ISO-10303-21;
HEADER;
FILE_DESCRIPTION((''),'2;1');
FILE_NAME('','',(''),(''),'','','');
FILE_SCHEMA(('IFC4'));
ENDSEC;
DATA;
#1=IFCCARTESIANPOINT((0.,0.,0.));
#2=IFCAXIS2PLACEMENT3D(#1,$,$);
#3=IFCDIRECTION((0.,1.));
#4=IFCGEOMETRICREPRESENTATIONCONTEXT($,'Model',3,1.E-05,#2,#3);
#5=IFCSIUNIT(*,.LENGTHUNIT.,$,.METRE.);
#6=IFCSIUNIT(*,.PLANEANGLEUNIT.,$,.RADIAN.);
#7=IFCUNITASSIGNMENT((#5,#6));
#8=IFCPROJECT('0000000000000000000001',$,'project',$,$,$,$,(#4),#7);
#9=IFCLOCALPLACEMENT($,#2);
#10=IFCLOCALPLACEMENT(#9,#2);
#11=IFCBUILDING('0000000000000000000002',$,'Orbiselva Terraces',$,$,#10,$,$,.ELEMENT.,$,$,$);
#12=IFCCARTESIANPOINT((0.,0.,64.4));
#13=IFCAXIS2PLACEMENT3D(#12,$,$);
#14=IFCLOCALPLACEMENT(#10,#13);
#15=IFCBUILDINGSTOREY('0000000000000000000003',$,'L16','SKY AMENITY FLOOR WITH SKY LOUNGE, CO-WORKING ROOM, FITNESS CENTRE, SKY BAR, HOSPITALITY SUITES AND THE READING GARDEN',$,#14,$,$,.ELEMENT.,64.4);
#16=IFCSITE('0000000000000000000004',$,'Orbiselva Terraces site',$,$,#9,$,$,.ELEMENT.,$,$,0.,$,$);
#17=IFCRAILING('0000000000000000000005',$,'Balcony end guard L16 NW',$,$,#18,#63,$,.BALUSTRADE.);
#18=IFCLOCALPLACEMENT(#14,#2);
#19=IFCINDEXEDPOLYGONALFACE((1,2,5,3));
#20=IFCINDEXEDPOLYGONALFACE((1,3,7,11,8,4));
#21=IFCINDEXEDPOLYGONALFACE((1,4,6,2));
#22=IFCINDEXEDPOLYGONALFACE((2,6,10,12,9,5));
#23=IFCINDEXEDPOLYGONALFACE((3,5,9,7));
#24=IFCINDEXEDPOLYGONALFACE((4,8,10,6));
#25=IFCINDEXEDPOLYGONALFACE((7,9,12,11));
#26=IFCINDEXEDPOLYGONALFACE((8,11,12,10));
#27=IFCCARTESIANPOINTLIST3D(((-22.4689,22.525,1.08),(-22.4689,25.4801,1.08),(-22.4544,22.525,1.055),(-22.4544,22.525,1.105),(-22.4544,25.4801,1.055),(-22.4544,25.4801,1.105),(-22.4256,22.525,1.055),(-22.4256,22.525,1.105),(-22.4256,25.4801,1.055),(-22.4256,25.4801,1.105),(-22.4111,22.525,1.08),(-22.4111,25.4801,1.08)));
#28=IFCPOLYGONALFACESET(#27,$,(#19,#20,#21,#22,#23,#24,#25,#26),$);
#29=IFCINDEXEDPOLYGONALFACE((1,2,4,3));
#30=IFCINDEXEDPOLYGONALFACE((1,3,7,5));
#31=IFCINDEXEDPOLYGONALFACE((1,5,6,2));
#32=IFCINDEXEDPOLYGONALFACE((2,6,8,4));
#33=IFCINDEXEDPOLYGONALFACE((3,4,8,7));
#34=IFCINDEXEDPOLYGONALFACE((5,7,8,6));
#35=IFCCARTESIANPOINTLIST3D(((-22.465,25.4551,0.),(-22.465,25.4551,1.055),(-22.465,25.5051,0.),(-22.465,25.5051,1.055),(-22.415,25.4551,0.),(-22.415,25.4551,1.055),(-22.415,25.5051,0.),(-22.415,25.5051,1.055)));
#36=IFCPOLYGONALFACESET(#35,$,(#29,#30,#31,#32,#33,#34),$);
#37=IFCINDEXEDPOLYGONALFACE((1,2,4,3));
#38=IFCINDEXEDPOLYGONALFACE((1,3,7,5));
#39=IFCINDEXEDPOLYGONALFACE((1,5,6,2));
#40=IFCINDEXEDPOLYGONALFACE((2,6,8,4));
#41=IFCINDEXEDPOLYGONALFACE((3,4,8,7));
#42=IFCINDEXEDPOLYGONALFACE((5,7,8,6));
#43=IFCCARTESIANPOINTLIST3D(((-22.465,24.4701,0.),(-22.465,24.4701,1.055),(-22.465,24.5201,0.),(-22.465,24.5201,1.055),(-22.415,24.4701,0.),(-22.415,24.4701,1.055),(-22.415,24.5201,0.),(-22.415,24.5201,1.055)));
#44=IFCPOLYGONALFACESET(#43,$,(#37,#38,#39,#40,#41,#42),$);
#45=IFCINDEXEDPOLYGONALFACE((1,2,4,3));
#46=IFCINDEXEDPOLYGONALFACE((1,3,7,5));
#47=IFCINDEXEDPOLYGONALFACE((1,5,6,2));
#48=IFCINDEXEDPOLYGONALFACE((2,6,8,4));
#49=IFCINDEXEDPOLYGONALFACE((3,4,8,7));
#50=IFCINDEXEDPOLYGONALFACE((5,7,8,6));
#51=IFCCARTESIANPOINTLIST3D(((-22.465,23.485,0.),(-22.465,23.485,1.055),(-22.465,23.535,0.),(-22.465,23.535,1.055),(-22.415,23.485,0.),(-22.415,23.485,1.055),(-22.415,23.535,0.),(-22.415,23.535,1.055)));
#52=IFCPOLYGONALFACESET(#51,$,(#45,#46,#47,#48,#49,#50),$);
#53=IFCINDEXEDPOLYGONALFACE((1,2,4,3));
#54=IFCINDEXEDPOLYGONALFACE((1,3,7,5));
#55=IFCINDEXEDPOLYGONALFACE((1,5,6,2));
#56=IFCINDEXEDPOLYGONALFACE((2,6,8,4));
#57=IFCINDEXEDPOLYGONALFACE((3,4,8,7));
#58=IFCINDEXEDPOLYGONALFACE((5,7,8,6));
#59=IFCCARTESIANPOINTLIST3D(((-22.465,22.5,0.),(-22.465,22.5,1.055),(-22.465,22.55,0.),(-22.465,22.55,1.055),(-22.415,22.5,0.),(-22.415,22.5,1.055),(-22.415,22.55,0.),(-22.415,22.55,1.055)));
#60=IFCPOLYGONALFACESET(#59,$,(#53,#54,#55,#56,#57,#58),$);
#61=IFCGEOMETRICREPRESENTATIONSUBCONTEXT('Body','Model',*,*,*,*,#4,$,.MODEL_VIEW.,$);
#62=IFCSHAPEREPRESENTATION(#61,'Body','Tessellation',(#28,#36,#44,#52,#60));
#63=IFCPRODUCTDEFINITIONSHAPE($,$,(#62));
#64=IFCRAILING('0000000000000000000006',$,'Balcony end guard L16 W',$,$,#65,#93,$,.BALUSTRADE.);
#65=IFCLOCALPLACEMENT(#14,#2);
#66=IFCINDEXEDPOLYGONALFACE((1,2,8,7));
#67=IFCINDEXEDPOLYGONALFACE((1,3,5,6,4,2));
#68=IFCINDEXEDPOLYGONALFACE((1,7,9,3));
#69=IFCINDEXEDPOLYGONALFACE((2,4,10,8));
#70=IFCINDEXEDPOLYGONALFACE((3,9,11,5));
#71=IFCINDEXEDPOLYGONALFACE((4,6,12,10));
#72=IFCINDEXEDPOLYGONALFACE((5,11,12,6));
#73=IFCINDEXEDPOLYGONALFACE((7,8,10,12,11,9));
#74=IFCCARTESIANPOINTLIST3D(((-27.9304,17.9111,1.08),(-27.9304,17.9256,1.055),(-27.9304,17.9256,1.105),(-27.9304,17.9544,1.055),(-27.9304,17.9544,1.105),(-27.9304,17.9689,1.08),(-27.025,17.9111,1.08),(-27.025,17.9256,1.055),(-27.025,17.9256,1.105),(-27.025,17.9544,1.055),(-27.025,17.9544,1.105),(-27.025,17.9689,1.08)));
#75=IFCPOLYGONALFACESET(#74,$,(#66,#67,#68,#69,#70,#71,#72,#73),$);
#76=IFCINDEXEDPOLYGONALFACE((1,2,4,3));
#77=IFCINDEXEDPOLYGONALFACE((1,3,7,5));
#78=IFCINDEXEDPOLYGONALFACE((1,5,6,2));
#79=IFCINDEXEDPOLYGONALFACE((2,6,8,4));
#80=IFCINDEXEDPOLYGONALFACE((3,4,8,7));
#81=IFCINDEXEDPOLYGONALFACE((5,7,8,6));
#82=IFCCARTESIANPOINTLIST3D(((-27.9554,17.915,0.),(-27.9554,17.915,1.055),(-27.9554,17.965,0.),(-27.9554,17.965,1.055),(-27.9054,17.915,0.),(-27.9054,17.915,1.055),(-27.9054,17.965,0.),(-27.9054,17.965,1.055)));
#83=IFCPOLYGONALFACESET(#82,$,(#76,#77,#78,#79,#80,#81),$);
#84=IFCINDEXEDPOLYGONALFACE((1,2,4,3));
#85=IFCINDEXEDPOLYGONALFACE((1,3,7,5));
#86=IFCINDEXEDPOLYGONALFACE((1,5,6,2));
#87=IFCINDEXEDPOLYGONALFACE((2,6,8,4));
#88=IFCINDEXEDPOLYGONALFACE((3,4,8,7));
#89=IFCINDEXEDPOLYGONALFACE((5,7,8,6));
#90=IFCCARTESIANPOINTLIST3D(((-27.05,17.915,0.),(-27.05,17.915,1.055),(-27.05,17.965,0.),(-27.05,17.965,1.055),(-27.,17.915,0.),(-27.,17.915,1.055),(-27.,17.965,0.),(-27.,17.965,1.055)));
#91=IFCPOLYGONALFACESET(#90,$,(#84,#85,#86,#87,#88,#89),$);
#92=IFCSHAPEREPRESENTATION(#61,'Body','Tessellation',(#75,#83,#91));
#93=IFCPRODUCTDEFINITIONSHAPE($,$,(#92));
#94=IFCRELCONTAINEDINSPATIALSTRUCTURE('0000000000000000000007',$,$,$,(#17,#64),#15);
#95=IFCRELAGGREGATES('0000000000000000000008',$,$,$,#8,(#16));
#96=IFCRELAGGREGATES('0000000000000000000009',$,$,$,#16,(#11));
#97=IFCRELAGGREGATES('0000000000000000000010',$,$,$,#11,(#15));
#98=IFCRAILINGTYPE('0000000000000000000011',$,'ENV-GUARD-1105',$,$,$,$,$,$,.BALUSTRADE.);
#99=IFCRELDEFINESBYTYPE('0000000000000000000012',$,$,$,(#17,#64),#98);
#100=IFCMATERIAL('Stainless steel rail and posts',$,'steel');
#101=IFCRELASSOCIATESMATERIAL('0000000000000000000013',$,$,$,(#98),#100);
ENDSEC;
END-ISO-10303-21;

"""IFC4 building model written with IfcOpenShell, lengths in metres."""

from ifc_helpers import new_model, si_unit, direction, frame, origin, origin_2d, place, context, subcontext, project, spatial, polyline, rectangle, outline, extrude, material, type_object, element, save


model = new_model("IFC4")

# Units and contexts
model_context = context("Model", 3, precision=1e-05, world=origin(), true_north=direction((0.0, 1.0)))
body_context = subcontext(model_context, "Body", "Model", "MODEL_VIEW")
ifc_project = project(units=[si_unit("LENGTHUNIT", "METRE"), si_unit("PLANEANGLEUNIT", "RADIAN")], contexts=[model_context])

# Site, building, storey
site_placement = place(None, origin())
site = spatial("IfcSite", under=ifc_project, at=site_placement, Name="Orbiselva Terraces site", CompositionType="ELEMENT", RefElevation=0.0)
building_placement = place(site_placement, origin())
building = spatial("IfcBuilding", under=site, at=building_placement, Name="Orbiselva Terraces", CompositionType="ELEMENT")
storey_placement = place(building_placement, frame((0.0, 0.0, 64.4)))
storey = spatial("IfcBuildingStorey", under=building, at=storey_placement, Name="L16", Description="SKY AMENITY FLOOR WITH SKY LOUNGE, CO-WORKING ROOM, FITNESS CENTRE, SKY BAR, HOSPITALITY SUITES AND THE READING GARDEN", CompositionType="ELEMENT", Elevation=64.4)

# Railings
ifc_material_1 = material(Name="Stainless steel rail and posts", Category="steel")
railing_type_1 = type_object("IfcRailingType", Name="ENV-GUARD-1105", PredefinedType="BALUSTRADE", material=ifc_material_1)
railing_1_placement = place(storey_placement, frame((-22.44, 25.4801, 0.0)))
element("IfcRailing", 1, at=railing_1_placement, inside=storey, type_object=railing_type_1, Name="Balcony end guard L16 NW", PredefinedType="BALUSTRADE", context=body_context, shape_type="SweptSolid", body=[
    extrude(outline(polyline([(0.0289, 0.0), (0.0144, 0.025), (-0.0144, 0.025), (-0.0289, 0.0), (-0.0144, -0.025), (0.0144, -0.025), (0.0289, 0.0)])), frame((0.0, 0.0, 1.08), z_axis=(0.0, -1.0, 0.0), x_axis=(1.0, 0.0, 0.0)), (0.0, 0.0, 1.0), 2.9551),
    extrude(rectangle(XDim=0.05, YDim=0.05, at=origin_2d()), origin(), (0.0, 0.0, 1.0), 1.055),
    extrude(rectangle(XDim=0.05, YDim=0.05, at=origin_2d()), frame((0.0, -0.985, 0.0)), (0.0, 0.0, 1.0), 1.055),
    extrude(rectangle(XDim=0.05, YDim=0.05, at=origin_2d()), frame((0.0, -1.9701, 0.0)), (0.0, 0.0, 1.0), 1.055),
    extrude(rectangle(XDim=0.05, YDim=0.05, at=origin_2d()), frame((0.0, -2.9551, 0.0)), (0.0, 0.0, 1.0), 1.055),
])
railing_2_placement = place(storey_placement, frame((-27.9304, 17.94, 0.0)))
element("IfcRailing", 2, at=railing_2_placement, inside=storey, type_object=railing_type_1, Name="Balcony end guard L16 W", PredefinedType="BALUSTRADE", context=body_context, shape_type="SweptSolid", body=[
    extrude(outline(polyline([(0.0289, 0.0), (0.0144, 0.025), (-0.0144, 0.025), (-0.0289, 0.0), (-0.0144, -0.025), (0.0144, -0.025), (0.0289, 0.0)])), frame((0.0, 0.0, 1.08), z_axis=(1.0, 0.0, 0.0), x_axis=(0.0, 1.0, 0.0)), (0.0, 0.0, 1.0), 0.9054),
    extrude(rectangle(XDim=0.05, YDim=0.05, at=origin_2d()), origin(), (0.0, 0.0, 1.0), 1.055),
    extrude(rectangle(XDim=0.05, YDim=0.05, at=origin_2d()), frame((0.9054, 0.0, 0.0)), (0.0, 0.0, 1.0), 1.055),
])

save(model, "model.ifc")
